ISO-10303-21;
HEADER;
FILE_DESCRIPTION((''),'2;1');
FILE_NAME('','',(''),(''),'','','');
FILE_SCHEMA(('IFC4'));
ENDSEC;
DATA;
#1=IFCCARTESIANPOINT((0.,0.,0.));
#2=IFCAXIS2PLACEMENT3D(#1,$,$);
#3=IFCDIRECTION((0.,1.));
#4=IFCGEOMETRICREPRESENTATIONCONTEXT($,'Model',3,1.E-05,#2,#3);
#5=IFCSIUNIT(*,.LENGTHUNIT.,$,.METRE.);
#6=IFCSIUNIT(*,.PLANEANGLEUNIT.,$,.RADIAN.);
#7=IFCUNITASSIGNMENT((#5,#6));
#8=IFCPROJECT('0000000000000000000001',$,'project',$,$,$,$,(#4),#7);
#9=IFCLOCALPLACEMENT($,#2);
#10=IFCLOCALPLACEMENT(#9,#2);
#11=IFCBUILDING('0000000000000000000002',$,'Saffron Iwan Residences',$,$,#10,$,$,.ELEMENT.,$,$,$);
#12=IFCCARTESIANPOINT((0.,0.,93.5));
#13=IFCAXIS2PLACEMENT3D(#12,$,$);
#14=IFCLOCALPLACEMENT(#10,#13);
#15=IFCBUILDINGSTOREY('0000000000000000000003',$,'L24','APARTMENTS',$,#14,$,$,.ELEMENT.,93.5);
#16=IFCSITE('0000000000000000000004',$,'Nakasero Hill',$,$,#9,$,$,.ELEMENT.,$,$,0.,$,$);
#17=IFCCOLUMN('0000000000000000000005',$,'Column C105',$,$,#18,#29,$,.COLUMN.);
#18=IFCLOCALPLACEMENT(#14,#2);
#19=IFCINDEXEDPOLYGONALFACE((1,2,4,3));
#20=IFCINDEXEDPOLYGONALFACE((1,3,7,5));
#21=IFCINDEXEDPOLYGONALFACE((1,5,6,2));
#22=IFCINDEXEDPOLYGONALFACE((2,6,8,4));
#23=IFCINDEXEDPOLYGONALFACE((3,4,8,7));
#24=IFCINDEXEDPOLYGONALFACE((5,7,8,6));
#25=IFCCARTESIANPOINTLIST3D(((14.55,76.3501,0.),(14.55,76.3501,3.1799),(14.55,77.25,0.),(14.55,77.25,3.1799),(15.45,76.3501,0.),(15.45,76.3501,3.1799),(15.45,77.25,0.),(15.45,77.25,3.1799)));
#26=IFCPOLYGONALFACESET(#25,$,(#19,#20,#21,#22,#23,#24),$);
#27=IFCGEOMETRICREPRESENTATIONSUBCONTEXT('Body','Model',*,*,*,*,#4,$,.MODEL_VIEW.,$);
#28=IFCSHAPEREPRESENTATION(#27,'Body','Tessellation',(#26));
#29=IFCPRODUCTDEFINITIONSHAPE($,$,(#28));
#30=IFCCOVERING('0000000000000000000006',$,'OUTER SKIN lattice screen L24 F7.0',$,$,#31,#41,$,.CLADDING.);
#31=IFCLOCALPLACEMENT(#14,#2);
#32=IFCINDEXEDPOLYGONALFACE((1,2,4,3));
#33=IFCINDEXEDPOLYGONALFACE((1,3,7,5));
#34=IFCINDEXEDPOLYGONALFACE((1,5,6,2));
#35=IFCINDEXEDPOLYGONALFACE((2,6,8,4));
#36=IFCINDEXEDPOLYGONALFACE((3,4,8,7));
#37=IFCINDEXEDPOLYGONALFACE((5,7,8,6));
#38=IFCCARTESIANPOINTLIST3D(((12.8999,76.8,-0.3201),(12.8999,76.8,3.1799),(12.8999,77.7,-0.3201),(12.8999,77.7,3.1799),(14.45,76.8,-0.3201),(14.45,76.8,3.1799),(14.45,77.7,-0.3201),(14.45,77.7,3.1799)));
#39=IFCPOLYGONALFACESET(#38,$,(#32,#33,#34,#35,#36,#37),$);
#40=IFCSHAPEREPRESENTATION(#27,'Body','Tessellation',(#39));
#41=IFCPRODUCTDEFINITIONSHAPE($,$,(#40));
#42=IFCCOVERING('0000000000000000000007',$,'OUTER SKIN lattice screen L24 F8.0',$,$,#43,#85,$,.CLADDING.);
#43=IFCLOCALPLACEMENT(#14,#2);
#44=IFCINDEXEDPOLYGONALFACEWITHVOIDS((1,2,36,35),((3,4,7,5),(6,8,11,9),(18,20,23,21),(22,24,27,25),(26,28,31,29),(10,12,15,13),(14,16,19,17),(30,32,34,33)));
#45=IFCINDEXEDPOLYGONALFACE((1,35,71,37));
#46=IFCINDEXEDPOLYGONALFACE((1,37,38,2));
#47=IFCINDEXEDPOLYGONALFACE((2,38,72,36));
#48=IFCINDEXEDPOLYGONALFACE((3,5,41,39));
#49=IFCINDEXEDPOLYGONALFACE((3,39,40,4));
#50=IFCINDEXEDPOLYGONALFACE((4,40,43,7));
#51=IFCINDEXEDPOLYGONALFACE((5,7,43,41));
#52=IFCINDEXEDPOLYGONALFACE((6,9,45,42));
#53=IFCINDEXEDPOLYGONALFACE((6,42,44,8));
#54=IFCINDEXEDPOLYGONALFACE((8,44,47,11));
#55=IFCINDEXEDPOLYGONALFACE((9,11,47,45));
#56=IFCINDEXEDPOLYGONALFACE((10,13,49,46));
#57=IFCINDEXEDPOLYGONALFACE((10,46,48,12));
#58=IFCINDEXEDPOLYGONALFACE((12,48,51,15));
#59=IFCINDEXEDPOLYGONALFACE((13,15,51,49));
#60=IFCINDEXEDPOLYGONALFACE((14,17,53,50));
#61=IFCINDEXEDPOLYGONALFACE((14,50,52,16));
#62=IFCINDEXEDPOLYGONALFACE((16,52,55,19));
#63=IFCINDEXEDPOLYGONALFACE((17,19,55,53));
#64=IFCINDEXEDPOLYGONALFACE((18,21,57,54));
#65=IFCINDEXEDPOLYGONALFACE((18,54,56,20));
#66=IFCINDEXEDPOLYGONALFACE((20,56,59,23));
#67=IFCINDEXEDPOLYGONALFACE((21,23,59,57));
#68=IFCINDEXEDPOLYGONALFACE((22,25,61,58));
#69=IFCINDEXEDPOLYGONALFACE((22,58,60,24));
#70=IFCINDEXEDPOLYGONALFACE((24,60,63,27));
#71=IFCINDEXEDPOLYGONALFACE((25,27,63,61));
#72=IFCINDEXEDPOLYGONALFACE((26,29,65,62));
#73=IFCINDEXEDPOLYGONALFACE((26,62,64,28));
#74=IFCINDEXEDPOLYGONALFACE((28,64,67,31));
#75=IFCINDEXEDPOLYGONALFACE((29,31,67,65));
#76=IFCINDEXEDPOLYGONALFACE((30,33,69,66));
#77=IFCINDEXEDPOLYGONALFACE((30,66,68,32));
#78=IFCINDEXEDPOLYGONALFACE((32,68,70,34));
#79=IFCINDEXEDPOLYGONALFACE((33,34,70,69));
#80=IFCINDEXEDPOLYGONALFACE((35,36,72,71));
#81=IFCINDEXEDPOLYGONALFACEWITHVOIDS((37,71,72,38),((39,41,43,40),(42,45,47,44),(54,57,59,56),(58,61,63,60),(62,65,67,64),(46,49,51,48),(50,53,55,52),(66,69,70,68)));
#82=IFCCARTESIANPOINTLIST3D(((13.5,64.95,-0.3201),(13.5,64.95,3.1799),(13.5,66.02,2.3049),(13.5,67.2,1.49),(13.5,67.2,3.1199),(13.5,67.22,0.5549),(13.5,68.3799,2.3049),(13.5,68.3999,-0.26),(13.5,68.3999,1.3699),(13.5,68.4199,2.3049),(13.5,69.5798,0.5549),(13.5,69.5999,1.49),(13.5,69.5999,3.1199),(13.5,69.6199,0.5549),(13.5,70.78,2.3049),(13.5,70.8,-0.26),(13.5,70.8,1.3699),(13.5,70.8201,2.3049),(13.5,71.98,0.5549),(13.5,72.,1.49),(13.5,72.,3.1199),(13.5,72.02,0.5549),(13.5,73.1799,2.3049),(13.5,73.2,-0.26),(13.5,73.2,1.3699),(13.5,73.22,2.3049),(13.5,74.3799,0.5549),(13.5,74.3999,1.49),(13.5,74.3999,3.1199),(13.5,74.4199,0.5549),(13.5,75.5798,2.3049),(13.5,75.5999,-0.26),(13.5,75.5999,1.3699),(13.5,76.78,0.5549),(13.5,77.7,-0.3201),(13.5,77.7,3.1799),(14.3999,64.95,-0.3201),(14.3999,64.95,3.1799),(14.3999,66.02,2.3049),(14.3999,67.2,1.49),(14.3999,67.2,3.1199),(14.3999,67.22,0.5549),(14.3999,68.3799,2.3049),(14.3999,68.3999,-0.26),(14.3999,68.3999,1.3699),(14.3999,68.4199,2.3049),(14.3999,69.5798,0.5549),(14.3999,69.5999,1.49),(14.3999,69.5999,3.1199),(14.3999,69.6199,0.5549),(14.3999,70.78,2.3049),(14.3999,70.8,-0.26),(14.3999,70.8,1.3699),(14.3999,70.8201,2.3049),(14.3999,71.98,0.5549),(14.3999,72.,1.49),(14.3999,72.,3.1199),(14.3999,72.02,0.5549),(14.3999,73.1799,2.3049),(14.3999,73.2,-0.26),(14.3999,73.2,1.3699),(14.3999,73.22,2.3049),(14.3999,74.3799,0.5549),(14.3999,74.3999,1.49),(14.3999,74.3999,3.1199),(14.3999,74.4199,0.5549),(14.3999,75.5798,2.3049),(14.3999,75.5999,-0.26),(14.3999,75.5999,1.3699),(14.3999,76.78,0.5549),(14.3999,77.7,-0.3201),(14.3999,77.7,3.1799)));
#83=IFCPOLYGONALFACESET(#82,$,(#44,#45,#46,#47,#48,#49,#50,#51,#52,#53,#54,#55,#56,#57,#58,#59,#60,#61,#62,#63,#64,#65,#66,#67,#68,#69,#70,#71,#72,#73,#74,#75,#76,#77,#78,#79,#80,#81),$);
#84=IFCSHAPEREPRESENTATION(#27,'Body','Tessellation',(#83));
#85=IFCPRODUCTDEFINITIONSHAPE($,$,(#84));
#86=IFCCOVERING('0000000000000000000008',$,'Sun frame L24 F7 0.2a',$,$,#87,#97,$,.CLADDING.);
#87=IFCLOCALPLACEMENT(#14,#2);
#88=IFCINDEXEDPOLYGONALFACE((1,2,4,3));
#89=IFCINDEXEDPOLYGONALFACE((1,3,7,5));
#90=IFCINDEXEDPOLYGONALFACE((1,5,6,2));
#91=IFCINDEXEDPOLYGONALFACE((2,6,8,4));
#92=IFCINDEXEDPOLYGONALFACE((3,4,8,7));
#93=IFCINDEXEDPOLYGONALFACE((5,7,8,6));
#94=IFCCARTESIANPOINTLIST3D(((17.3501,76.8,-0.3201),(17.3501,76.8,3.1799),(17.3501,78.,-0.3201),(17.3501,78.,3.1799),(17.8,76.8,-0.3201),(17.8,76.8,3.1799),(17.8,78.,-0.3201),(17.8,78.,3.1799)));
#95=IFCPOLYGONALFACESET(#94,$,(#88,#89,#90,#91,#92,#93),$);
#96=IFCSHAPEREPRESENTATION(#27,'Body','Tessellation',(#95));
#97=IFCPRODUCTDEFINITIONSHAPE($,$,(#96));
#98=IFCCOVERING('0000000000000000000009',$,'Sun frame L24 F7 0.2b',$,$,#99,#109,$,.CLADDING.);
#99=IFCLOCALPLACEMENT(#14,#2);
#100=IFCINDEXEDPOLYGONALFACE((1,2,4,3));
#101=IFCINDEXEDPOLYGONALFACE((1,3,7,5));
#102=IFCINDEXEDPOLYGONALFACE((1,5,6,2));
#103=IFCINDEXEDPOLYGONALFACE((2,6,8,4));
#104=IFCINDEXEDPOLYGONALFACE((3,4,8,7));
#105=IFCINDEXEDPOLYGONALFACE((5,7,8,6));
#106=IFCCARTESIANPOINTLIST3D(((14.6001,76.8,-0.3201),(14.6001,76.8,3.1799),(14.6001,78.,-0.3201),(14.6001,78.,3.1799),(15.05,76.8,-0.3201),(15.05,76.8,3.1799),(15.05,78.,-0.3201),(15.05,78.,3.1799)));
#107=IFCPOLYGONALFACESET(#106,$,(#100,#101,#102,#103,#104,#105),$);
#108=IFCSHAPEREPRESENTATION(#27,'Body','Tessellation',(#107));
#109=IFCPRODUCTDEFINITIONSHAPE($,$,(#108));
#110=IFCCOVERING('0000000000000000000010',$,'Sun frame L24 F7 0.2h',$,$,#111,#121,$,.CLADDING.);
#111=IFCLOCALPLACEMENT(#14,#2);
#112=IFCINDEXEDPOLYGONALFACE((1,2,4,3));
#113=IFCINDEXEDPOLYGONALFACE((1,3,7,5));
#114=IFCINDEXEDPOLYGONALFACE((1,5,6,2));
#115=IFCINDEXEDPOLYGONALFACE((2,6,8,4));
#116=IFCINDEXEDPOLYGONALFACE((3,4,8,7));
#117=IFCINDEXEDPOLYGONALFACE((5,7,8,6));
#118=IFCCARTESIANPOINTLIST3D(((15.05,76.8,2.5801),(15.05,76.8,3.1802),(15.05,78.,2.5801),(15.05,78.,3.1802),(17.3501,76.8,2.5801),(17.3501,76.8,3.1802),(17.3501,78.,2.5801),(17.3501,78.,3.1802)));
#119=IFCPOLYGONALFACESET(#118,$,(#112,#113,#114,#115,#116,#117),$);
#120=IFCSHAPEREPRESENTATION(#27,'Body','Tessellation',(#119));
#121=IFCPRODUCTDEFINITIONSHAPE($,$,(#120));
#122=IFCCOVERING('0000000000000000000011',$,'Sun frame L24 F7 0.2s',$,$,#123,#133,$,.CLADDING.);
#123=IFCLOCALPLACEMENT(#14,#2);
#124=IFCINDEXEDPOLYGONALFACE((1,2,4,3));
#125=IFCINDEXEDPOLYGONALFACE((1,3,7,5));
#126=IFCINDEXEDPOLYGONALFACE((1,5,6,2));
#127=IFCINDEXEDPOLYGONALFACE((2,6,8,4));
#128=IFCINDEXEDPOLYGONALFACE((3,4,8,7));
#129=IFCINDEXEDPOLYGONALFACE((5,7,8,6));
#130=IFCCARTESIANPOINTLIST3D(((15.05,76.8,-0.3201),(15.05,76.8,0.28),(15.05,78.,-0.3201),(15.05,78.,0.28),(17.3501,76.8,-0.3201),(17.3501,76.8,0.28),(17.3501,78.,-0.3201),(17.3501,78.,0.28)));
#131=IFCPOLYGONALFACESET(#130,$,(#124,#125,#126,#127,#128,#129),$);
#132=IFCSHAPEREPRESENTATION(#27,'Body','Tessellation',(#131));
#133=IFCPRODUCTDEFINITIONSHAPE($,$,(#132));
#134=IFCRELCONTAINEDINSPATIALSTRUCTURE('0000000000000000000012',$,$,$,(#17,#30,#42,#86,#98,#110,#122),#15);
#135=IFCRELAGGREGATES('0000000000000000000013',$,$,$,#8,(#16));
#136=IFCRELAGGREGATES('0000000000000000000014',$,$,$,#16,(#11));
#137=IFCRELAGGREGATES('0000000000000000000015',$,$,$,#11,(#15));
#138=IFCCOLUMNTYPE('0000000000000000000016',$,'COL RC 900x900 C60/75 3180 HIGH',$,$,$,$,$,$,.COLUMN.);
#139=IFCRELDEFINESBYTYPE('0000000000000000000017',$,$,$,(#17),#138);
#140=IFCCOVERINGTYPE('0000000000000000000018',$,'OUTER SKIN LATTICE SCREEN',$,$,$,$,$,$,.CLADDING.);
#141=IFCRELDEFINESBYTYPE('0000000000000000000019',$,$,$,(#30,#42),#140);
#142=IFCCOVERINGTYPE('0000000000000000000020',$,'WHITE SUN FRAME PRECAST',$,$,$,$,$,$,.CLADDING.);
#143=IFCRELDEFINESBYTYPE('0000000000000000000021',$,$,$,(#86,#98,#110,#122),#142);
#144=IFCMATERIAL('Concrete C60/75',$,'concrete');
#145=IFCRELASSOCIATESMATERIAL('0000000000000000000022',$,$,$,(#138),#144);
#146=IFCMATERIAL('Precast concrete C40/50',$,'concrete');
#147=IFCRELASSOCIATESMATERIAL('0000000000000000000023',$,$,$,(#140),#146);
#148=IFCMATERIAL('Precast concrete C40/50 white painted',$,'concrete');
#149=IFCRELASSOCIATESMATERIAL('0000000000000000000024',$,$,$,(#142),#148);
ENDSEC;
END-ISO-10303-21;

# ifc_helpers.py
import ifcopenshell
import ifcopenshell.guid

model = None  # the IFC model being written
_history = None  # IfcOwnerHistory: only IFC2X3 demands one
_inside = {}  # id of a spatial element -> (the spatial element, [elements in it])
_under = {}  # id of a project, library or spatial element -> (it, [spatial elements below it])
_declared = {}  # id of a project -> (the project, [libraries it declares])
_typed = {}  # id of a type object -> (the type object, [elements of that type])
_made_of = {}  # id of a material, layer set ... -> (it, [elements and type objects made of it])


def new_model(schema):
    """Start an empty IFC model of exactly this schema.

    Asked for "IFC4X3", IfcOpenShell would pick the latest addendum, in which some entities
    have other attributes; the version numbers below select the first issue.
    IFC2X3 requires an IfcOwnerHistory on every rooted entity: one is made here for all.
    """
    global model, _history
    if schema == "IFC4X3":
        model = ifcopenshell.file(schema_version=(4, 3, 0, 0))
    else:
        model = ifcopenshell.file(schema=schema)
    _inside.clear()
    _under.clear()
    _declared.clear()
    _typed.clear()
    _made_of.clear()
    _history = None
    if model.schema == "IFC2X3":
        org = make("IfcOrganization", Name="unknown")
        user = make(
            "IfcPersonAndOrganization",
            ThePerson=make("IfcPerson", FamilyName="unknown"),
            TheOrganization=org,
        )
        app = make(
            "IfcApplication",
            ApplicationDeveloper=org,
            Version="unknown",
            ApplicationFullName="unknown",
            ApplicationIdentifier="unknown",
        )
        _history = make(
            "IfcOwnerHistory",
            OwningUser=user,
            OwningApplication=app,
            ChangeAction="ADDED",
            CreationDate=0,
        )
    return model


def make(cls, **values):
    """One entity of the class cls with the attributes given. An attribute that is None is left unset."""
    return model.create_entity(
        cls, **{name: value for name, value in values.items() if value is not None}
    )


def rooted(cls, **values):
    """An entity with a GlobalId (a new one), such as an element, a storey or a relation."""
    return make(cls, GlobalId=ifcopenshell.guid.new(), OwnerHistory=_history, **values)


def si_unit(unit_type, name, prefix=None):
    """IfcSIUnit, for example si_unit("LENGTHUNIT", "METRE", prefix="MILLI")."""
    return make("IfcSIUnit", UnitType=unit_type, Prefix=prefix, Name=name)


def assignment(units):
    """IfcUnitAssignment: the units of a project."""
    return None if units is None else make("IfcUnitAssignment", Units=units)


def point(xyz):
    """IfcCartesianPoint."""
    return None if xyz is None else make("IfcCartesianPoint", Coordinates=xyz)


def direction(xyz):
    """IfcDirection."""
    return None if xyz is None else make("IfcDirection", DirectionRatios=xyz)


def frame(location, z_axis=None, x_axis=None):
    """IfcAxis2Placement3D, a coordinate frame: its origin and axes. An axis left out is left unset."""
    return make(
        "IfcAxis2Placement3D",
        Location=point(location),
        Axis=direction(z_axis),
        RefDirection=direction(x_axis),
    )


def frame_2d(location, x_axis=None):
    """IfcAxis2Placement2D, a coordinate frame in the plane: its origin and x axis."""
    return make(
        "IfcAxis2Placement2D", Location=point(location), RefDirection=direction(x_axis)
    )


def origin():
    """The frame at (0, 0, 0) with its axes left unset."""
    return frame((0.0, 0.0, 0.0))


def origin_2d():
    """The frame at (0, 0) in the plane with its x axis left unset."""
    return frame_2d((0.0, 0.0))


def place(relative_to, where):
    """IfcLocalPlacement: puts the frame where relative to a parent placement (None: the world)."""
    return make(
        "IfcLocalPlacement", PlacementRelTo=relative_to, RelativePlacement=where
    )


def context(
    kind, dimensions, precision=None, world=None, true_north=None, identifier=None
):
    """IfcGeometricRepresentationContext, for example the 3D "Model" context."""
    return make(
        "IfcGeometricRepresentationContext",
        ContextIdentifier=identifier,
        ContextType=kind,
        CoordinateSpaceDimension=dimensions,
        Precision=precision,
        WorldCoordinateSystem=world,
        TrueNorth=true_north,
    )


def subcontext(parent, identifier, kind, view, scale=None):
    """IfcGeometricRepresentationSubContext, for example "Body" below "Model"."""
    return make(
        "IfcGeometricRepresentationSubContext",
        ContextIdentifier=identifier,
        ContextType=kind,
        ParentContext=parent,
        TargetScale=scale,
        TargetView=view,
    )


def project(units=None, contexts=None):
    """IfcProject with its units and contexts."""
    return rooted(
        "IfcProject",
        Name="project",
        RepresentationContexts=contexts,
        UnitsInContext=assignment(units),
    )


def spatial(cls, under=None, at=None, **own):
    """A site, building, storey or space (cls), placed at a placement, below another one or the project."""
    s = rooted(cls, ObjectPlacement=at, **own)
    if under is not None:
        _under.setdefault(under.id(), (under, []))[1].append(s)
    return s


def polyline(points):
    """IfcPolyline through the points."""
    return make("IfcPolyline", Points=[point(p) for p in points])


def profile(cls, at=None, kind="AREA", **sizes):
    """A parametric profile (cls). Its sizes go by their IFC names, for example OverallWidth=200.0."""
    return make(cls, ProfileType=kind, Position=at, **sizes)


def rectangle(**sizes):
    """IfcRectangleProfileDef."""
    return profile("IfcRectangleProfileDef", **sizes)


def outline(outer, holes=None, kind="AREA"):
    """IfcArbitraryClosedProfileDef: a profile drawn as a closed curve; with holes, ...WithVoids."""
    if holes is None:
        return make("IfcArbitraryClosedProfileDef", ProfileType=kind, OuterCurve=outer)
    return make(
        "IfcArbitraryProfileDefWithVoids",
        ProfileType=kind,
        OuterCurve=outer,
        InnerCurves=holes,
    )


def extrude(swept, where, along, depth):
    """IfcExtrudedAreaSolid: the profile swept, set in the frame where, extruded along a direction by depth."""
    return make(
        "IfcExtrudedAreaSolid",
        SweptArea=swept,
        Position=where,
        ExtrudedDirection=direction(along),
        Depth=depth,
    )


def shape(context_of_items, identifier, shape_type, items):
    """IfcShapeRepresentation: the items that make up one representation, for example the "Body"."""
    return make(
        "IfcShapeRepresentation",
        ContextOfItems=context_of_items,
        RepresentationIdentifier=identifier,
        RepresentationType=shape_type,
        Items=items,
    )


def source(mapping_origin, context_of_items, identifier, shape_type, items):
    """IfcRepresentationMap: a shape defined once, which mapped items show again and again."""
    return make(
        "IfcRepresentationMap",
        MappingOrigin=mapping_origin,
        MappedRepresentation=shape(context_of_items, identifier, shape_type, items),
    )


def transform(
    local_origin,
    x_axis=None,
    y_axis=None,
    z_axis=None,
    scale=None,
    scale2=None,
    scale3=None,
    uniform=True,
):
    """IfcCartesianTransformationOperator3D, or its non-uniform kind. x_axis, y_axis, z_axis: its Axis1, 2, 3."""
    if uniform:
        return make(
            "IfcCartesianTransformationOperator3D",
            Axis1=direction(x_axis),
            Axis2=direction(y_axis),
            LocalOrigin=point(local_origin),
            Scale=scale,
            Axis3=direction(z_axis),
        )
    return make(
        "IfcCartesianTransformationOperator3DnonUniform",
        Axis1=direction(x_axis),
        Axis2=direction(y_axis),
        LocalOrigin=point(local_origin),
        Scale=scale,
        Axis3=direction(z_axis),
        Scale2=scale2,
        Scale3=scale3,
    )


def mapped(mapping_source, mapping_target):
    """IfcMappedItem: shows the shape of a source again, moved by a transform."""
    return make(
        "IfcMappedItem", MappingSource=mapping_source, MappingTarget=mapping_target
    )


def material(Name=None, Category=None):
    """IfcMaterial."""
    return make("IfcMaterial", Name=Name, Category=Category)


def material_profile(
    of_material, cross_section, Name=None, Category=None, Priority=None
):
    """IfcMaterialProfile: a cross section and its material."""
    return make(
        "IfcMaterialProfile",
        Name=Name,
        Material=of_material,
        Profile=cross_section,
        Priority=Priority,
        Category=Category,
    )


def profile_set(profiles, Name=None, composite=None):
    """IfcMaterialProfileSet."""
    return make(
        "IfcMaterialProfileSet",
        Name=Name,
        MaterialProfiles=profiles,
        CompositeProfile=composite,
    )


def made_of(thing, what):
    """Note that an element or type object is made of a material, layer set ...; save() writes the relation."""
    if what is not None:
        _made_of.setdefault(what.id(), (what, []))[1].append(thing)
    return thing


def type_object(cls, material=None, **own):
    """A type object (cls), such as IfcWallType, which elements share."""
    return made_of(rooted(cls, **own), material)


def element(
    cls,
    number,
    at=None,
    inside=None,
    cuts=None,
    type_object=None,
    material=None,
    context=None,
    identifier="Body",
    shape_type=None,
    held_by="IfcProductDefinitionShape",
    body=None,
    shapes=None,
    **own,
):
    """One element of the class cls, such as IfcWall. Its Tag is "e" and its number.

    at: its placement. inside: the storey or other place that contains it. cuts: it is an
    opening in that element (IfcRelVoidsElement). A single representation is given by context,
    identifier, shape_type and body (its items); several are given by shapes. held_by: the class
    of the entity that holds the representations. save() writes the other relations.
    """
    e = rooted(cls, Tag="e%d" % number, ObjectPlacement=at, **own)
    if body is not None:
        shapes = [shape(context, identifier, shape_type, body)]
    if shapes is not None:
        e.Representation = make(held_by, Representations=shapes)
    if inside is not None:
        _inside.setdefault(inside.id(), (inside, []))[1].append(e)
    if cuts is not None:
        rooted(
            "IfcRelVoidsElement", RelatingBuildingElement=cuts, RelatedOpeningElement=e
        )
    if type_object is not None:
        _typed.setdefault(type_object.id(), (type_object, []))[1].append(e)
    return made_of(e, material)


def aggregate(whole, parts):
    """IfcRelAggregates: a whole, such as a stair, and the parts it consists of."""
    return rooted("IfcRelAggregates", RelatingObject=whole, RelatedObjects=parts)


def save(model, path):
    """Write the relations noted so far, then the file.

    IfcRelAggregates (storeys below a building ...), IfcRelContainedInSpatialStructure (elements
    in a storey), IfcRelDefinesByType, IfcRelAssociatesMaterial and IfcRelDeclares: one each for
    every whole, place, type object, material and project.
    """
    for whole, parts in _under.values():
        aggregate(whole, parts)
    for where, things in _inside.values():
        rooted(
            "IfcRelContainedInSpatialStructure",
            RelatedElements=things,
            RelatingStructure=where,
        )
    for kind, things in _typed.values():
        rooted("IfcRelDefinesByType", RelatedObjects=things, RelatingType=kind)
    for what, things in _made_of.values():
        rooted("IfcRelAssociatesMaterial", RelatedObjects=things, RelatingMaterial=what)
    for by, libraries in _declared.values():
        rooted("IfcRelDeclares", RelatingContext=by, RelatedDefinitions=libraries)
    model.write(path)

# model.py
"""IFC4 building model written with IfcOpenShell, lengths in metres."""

from ifc_helpers import new_model, si_unit, direction, frame, origin, origin_2d, place, context, subcontext, project, spatial, polyline, rectangle, outline, extrude, source, transform, mapped, material, material_profile, profile_set, type_object, element, save


model = new_model("IFC4")

# Units and contexts
model_context = context("Model", 3, precision=1e-05, world=origin(), true_north=direction((0.0, 1.0)))
body_context = subcontext(model_context, "Body", "Model", "MODEL_VIEW")
ifc_project = project(units=[si_unit("LENGTHUNIT", "METRE"), si_unit("PLANEANGLEUNIT", "RADIAN")], contexts=[model_context])

# Site, building, storey
site_placement = place(None, origin())
site = spatial("IfcSite", under=ifc_project, at=site_placement, Name="Nakasero Hill", CompositionType="ELEMENT", RefElevation=0.0)
building_placement = place(site_placement, origin())
building = spatial("IfcBuilding", under=site, at=building_placement, Name="Saffron Iwan Residences", CompositionType="ELEMENT")
storey_placement = place(building_placement, frame((0.0, 0.0, 93.5)))
storey = spatial("IfcBuildingStorey", under=building, at=storey_placement, Name="L24", Description="APARTMENTS", CompositionType="ELEMENT", Elevation=93.5)

# Column
ifc_material_1 = material(Name="Concrete C60/75", Category="concrete")
ifc_material_profile = material_profile(ifc_material_1, rectangle(XDim=0.8999, YDim=0.8999, at=origin_2d()), Name="RC 900x900")
ifc_profile_set = profile_set([ifc_material_profile], Name="Concrete C60/75")
column_type = type_object("IfcColumnType", Name="COL RC 900x900 C60/75 3180 HIGH", PredefinedType="COLUMN", material=ifc_profile_set)
shared_shape = source(origin(), body_context, "Body", "SweptSolid", [
    extrude(rectangle(XDim=0.8999, YDim=0.8999, at=origin_2d()), origin(), (0.0, 0.0, 1.0), 3.1799),
])
column_placement = place(storey_placement, frame((15.0, 76.8, 0.0), z_axis=(0.0, 0.0, 1.0), x_axis=(1.0, 0.0, 0.0)))
element("IfcColumn", 1, at=column_placement, inside=storey, type_object=column_type, Name="Column C105", PredefinedType="COLUMN", context=body_context, shape_type="MappedRepresentation", body=[
    mapped(shared_shape, transform((0.0, 0.0, 0.0))),
])

# Coverings
ifc_material_2 = material(Name="Precast concrete C40/50", Category="concrete")
covering_type_1 = type_object("IfcCoveringType", Name="OUTER SKIN LATTICE SCREEN", PredefinedType="CLADDING", material=ifc_material_2)
covering_1_placement = place(storey_placement, frame((14.45, 76.8, -0.3201), z_axis=(0.0, 1.0, 0.0), x_axis=(-1.0, 0.0, 0.0)))
element("IfcCovering", 2, at=covering_1_placement, inside=storey, type_object=covering_type_1, Name="OUTER SKIN lattice screen L24 F7.0", PredefinedType="CLADDING", context=body_context, shape_type="SweptSolid", body=[
    extrude(outline(polyline([(0.0, 0.0), (1.55, 0.0), (1.55, 3.5), (0.0, 3.5), (0.0, 0.0)])), origin(), (0.0, 0.0, 1.0), 0.8999),
])
covering_2_placement = place(storey_placement, frame((14.3999, 77.7, -0.3201), z_axis=(-1.0, 0.0, 0.0), x_axis=(0.0, -1.0, 0.0)))
element("IfcCovering", 3, at=covering_2_placement, inside=storey, type_object=covering_type_1, Name="OUTER SKIN lattice screen L24 F8.0", PredefinedType="CLADDING", context=body_context, shape_type="SweptSolid", body=[
    extrude(outline(polyline([(0.0, 0.0), (12.75, 0.0), (12.75, 3.5), (0.0, 3.5), (0.0, 0.0)]), holes=[polyline([(0.9199, 0.875), (2.1001, 0.0601), (3.28, 0.875), (2.1001, 1.6899), (0.9199, 0.875)]), polyline([(3.3201, 0.875), (4.5, 0.0601), (5.6799, 0.875), (4.5, 1.6899), (3.3201, 0.875)]), polyline([(5.72, 0.875), (6.8999, 0.0601), (8.0801, 0.875), (6.8999, 1.6899), (5.72, 0.875)]), polyline([(8.1201, 0.875), (9.3, 0.0601), (10.48, 0.875), (9.3, 1.6899), (8.1201, 0.875)]), polyline([(2.1201, 2.625), (3.3, 1.8101), (4.48, 2.625), (3.3, 3.4399), (2.1201, 2.625)]), polyline([(4.52, 2.625), (5.7, 1.8101), (6.8799, 2.625), (5.7, 3.4399), (4.52, 2.625)]), polyline([(6.9199, 2.625), (8.1001, 1.8101), (9.28, 2.625), (8.1001, 3.4399), (6.9199, 2.625)]), polyline([(9.3201, 2.625), (10.5, 1.8101), (11.6799, 2.625), (10.5, 3.4399), (9.3201, 2.625)])]), origin(), (0.0, 0.0, 1.0), 0.8999),
])
ifc_material_3 = material(Name="Precast concrete C40/50 white painted", Category="concrete")
covering_type_2 = type_object("IfcCoveringType", Name="WHITE SUN FRAME PRECAST", PredefinedType="CLADDING", material=ifc_material_3)
for number, where, z_axis, x_axis, name in (
    (4, (17.8, 76.8, -0.3201), (0.0, 1.0, 0.0), (-1.0, 0.0, 0.0), "Sun frame L24 F7 0.2a"),
    (5, (15.05, 76.8, -0.3201), (0.0, 1.0, 0.0), (-1.0, 0.0, 0.0), "Sun frame L24 F7 0.2b"),
):
    element("IfcCovering", number, at=place(storey_placement, frame(where, z_axis=z_axis, x_axis=x_axis)), inside=storey, type_object=covering_type_2, Name=name, PredefinedType="CLADDING", context=body_context, shape_type="SweptSolid", body=[
        extrude(outline(polyline([(0.0, 0.0), (0.45, 0.0), (0.45, 3.5), (0.0, 3.5), (0.0, 0.0)])), origin(), (0.0, 0.0, 1.0), 1.2),
    ])
for number, where, z_axis, x_axis, name in (
    (6, (17.3501, 76.8, 2.5801), (0.0, 1.0, 0.0), (-1.0, 0.0, 0.0), "Sun frame L24 F7 0.2h"),
    (7, (17.3501, 76.8, -0.3201), (0.0, 1.0, 0.0), (-1.0, 0.0, 0.0), "Sun frame L24 F7 0.2s"),
):
    element("IfcCovering", number, at=place(storey_placement, frame(where, z_axis=z_axis, x_axis=x_axis)), inside=storey, type_object=covering_type_2, Name=name, PredefinedType="CLADDING", context=body_context, shape_type="SweptSolid", body=[
        extrude(outline(polyline([(0.0, 0.0), (2.3, 0.0), (2.3, 0.6001), (0.0, 0.6001), (0.0, 0.0)])), origin(), (0.0, 0.0, 1.0), 1.2),
    ])

save(model, "model.ifc")
